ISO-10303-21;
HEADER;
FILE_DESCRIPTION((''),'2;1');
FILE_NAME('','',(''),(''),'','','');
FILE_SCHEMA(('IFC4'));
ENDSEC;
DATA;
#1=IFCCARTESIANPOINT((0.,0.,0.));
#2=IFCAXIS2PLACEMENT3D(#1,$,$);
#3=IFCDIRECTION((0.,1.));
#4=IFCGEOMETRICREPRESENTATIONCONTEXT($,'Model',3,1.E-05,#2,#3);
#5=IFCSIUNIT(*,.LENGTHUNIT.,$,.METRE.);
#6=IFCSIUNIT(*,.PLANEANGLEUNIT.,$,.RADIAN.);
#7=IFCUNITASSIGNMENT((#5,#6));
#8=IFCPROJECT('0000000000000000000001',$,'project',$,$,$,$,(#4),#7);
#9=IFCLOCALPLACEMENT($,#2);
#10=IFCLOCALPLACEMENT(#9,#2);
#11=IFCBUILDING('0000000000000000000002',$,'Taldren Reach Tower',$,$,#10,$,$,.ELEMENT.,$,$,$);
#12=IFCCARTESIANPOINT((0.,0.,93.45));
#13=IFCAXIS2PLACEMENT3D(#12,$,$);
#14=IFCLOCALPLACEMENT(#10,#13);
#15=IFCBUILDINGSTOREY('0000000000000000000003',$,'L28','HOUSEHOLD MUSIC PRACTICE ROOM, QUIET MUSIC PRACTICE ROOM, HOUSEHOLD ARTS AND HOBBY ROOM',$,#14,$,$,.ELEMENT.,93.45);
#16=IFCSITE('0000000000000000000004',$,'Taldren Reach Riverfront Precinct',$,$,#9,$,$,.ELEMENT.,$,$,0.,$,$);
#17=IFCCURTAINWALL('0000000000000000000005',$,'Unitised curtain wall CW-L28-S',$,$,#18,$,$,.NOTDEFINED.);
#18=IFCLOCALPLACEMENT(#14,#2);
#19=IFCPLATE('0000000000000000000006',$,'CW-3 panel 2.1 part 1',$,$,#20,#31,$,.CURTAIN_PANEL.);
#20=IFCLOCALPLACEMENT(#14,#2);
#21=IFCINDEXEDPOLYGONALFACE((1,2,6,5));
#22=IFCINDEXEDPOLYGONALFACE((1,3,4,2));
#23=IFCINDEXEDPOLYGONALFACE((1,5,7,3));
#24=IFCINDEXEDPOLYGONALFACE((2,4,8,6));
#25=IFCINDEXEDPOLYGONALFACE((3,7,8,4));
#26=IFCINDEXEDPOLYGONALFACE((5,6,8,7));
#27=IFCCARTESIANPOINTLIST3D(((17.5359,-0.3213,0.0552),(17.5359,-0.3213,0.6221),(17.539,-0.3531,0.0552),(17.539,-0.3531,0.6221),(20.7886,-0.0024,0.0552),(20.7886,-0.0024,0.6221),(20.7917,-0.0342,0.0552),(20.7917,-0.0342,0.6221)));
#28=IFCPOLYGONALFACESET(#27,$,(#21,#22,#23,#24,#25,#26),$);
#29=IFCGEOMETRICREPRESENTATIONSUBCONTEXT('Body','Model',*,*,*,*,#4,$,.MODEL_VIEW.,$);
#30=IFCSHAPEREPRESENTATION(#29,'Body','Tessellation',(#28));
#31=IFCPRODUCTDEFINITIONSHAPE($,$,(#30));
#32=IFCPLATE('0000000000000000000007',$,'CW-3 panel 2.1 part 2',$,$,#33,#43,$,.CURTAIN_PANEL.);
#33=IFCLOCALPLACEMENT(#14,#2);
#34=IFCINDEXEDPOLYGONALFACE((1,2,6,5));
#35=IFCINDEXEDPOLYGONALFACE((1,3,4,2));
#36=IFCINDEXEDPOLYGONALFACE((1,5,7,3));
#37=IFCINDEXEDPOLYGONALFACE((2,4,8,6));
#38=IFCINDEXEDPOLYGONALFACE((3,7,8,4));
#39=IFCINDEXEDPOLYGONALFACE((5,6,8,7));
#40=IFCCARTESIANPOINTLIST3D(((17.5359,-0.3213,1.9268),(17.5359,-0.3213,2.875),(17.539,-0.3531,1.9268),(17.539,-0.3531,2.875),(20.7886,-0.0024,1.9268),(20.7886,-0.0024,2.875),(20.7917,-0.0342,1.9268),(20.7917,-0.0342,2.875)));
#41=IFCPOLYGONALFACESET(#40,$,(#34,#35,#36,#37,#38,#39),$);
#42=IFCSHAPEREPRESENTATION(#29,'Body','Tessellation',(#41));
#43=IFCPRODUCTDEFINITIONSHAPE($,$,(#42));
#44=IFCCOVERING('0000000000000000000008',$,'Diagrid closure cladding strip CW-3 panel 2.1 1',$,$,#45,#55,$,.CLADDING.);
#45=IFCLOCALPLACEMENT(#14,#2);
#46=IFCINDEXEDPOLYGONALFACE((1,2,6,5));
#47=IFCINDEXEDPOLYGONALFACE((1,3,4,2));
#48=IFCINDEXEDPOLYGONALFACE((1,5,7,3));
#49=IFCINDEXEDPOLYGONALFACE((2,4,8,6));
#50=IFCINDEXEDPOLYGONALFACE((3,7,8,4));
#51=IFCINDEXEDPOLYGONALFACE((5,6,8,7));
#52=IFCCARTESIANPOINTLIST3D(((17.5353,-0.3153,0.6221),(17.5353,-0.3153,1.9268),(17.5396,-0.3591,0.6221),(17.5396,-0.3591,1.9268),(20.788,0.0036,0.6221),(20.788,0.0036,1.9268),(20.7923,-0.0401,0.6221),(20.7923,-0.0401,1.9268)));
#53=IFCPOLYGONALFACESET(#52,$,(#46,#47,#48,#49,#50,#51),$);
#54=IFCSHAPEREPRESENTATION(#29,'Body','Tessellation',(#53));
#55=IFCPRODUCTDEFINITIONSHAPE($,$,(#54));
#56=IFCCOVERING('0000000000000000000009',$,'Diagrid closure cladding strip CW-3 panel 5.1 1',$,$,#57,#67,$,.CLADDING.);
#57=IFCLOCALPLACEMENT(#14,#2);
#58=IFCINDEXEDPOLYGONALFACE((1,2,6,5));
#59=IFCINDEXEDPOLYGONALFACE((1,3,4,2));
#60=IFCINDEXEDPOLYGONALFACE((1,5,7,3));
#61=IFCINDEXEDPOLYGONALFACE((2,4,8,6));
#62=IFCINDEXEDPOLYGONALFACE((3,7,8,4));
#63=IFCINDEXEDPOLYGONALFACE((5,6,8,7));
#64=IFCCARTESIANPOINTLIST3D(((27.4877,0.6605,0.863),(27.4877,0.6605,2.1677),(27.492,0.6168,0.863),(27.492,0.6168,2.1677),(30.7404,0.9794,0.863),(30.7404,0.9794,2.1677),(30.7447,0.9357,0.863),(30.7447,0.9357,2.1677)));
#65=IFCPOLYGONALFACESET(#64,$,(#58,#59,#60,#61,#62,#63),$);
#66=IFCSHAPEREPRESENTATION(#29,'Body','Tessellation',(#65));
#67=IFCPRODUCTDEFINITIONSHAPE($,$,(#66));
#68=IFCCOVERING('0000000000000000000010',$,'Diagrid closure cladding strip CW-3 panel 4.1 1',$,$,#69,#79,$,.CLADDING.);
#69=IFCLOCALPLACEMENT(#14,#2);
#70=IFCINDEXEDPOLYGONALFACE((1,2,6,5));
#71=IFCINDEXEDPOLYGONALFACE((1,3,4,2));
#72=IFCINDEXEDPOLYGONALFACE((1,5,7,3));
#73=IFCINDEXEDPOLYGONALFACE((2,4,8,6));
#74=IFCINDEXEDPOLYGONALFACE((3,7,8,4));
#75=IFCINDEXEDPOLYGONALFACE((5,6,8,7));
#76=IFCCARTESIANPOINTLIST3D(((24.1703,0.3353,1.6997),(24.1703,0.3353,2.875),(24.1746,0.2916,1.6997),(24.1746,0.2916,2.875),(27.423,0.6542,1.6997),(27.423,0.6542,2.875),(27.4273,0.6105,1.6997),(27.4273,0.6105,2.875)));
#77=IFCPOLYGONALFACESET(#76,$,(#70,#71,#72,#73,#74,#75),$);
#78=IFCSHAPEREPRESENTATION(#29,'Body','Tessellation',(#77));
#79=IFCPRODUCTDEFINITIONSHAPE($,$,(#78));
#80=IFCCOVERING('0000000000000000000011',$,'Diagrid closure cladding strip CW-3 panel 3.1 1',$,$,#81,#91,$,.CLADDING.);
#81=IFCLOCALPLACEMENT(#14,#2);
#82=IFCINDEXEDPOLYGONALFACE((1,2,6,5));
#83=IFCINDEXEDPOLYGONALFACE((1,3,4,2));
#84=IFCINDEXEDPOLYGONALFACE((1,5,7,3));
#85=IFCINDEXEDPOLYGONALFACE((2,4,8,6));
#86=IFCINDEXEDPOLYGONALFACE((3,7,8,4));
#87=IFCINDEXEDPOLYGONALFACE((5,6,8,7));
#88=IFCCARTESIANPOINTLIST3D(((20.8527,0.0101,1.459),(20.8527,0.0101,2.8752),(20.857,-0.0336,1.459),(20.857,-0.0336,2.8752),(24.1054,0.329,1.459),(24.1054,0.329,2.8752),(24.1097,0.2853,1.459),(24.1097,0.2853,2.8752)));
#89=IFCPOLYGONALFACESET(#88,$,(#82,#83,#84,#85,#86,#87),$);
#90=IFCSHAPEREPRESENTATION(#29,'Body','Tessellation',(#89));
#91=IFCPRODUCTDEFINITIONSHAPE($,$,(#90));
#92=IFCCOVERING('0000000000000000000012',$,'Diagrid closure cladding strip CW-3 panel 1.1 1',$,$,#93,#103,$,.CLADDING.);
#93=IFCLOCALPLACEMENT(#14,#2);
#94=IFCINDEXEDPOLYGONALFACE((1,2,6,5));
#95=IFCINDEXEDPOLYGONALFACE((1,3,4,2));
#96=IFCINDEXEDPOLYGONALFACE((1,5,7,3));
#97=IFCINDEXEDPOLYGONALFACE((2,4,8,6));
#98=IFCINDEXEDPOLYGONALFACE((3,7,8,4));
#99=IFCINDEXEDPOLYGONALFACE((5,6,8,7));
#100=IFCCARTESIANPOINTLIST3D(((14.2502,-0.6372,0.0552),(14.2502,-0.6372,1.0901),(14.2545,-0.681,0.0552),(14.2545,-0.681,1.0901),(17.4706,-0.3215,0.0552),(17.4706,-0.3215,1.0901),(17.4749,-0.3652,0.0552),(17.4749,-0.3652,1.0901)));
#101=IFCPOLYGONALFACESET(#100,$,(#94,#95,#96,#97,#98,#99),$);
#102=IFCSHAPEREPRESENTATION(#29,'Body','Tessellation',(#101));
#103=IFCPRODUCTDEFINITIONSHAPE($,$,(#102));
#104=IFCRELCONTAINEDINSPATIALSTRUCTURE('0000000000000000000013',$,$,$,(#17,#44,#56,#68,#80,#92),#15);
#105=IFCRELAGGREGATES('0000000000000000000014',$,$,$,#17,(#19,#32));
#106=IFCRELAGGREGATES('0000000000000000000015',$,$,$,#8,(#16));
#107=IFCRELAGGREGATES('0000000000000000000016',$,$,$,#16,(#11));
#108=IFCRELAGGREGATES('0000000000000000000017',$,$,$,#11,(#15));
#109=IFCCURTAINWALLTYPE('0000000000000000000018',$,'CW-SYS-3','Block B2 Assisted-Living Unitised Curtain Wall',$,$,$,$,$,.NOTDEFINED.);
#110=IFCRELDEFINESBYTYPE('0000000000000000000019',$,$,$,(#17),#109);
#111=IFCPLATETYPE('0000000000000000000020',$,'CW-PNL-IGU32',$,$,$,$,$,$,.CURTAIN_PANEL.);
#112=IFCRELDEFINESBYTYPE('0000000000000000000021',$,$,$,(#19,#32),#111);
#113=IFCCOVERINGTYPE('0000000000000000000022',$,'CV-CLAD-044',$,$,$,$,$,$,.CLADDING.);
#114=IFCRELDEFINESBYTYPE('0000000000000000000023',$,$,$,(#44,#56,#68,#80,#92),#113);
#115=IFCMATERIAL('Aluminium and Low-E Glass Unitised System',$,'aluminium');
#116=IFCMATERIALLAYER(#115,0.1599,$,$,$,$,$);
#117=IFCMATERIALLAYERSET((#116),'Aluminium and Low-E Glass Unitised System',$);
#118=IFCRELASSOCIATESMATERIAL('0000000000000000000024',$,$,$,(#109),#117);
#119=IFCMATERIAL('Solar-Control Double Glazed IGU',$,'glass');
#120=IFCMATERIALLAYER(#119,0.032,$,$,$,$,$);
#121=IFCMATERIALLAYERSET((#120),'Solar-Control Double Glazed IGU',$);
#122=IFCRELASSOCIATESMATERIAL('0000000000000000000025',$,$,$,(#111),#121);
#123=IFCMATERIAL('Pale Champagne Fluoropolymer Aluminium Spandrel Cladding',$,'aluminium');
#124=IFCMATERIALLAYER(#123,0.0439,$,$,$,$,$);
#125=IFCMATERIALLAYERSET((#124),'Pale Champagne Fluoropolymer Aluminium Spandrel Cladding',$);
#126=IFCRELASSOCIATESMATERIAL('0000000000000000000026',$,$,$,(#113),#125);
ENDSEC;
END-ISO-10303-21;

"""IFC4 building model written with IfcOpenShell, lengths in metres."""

from ifc_helpers import new_model, si_unit, direction, frame, origin, origin_2d, place, context, subcontext, project, spatial, rectangle, extrude, source, transform, mapped, material, layer, layer_set, type_object, element, aggregate, save


model = new_model("IFC4")

# Units and contexts
model_context = context("Model", 3, precision=1e-05, world=origin(), true_north=direction((0.0, 1.0)))
body_context = subcontext(model_context, "Body", "Model", "MODEL_VIEW")
ifc_project = project(units=[si_unit("LENGTHUNIT", "METRE"), si_unit("PLANEANGLEUNIT", "RADIAN")], contexts=[model_context])

# Site, building, storey
site_placement = place(None, origin())
site = spatial("IfcSite", under=ifc_project, at=site_placement, Name="Taldren Reach Riverfront Precinct", CompositionType="ELEMENT", RefElevation=0.0)
building_placement = place(site_placement, origin())
building = spatial("IfcBuilding", under=site, at=building_placement, Name="Taldren Reach Tower", CompositionType="ELEMENT")
storey_placement = place(building_placement, frame((0.0, 0.0, 93.45)))
storey = spatial("IfcBuildingStorey", under=building, at=storey_placement, Name="L28", Description="HOUSEHOLD MUSIC PRACTICE ROOM, QUIET MUSIC PRACTICE ROOM, HOUSEHOLD ARTS AND HOBBY ROOM", CompositionType="ELEMENT", Elevation=93.45)

# Curtain wall
ifc_material_1 = material(Name="Aluminium and Low-E Glass Unitised System", Category="aluminium")
ifc_layer_1 = layer(ifc_material_1, 0.1599)
ifc_layer_set_1 = layer_set([ifc_layer_1], Name="Aluminium and Low-E Glass Unitised System")
curtain_wall_type = type_object("IfcCurtainWallType", Name="CW-SYS-3", Description="Block B2 Assisted-Living Unitised Curtain Wall", PredefinedType="NOTDEFINED", material=ifc_layer_set_1)
curtain_wall_placement = place(storey_placement, origin())
curtain_wall = element("IfcCurtainWall", 1, at=curtain_wall_placement, inside=storey, type_object=curtain_wall_type, Name="Unitised curtain wall CW-L28-S", PredefinedType="NOTDEFINED")

# Plates
ifc_material_2 = material(Name="Solar-Control Double Glazed IGU", Category="glass")
ifc_layer_2 = layer(ifc_material_2, 0.032)
ifc_layer_set_2 = layer_set([ifc_layer_2], Name="Solar-Control Double Glazed IGU")
plate_type_1 = type_object("IfcPlateType", Name="CW-PNL-IGU32", PredefinedType="CURTAIN_PANEL", material=ifc_layer_set_2)
shared_shape_1 = source(origin(), body_context, "Body", "SweptSolid", [
    extrude(rectangle(XDim=3.2683, YDim=0.032, at=origin_2d()), origin(), (0.0, 0.0, 1.0), 0.5669),
])
plate_1_placement = place(storey_placement, frame((19.1638, -0.1777, 0.0552), z_axis=(0.0, 0.0, 1.0), x_axis=(0.995227, 0.097583, 0.0)))
plate_1 = element("IfcPlate", 2, at=plate_1_placement, type_object=plate_type_1, Name="CW-3 panel 2.1 part 1", PredefinedType="CURTAIN_PANEL", context=body_context, shape_type="MappedRepresentation", body=[
    mapped(shared_shape_1, transform((0.0, 0.0, 0.0), scale=1.0)),
])
shared_shape_2 = source(origin(), body_context, "Body", "SweptSolid", [
    extrude(rectangle(XDim=3.2683, YDim=0.032, at=origin_2d()), origin(), (0.0, 0.0, 1.0), 0.9482),
])
plate_2_placement = place(storey_placement, frame((19.1638, -0.1777, 1.9268), z_axis=(0.0, 0.0, 1.0), x_axis=(0.995227, 0.097583, 0.0)))
plate_2 = element("IfcPlate", 3, at=plate_2_placement, type_object=plate_type_1, Name="CW-3 panel 2.1 part 2", PredefinedType="CURTAIN_PANEL", context=body_context, shape_type="MappedRepresentation", body=[
    mapped(shared_shape_2, transform((0.0, 0.0, 0.0), scale=1.0)),
])
aggregate(curtain_wall, [plate_1, plate_2])

# Coverings
ifc_material_3 = material(Name="Pale Champagne Fluoropolymer Aluminium Spandrel Cladding", Category="aluminium")
ifc_layer_3 = layer(ifc_material_3, 0.0439)
ifc_layer_set_3 = layer_set([ifc_layer_3], Name="Pale Champagne Fluoropolymer Aluminium Spandrel Cladding")
covering_type = type_object("IfcCoveringType", Name="CV-CLAD-044", PredefinedType="CLADDING", material=ifc_layer_set_3)
shared_shape_3 = source(origin(), body_context, "Body", "SweptSolid", [
    extrude(rectangle(XDim=3.2683, YDim=0.0439, at=origin_2d()), origin(), (0.0, 0.0, 1.0), 1.3047),
])
for number, where, z_axis, x_axis, name in (
    (4, (19.1638, -0.1777, 0.6221), (0.0, 0.0, 1.0), (0.995227, 0.097583, 0.0), "Diagrid closure cladding strip CW-3 panel 2.1 1"),
    (5, (29.1162, 0.7981, 0.863), (0.0, 0.0, 1.0), (0.995227, 0.097583, 0.0), "Diagrid closure cladding strip CW-3 panel 5.1 1"),
):
    element("IfcCovering", number, at=place(storey_placement, frame(where, z_axis=z_axis, x_axis=x_axis)), inside=storey, type_object=covering_type, Name=name, PredefinedType="CLADDING", context=body_context, shape_type="MappedRepresentation", body=[
        mapped(shared_shape_3, transform((0.0, 0.0, 0.0), scale=1.0)),
    ])
shared_shape_4 = source(origin(), body_context, "Body", "SweptSolid", [
    extrude(rectangle(XDim=3.2683, YDim=0.0439, at=origin_2d()), origin(), (0.0, 0.0, 1.0), 1.1753),
])
covering_1_placement = place(storey_placement, frame((25.7988, 0.4729, 1.6997), z_axis=(0.0, 0.0, 1.0), x_axis=(0.995227, 0.097583, 0.0)))
element("IfcCovering", 6, at=covering_1_placement, inside=storey, type_object=covering_type, Name="Diagrid closure cladding strip CW-3 panel 4.1 1", PredefinedType="CLADDING", context=body_context, shape_type="MappedRepresentation", body=[
    mapped(shared_shape_4, transform((0.0, 0.0, 0.0), scale=1.0)),
])
shared_shape_5 = source(origin(), body_context, "Body", "SweptSolid", [
    extrude(rectangle(XDim=3.2683, YDim=0.0439, at=origin_2d()), origin(), (0.0, 0.0, 1.0), 1.4163),
])
covering_2_placement = place(storey_placement, frame((22.4812, 0.1477, 1.459), z_axis=(0.0, 0.0, 1.0), x_axis=(0.995227, 0.097583, 0.0)))
element("IfcCovering", 7, at=covering_2_placement, inside=storey, type_object=covering_type, Name="Diagrid closure cladding strip CW-3 panel 3.1 1", PredefinedType="CLADDING", context=body_context, shape_type="MappedRepresentation", body=[
    mapped(shared_shape_5, transform((0.0, 0.0, 0.0), scale=1.0)),
])
shared_shape_6 = source(origin(), body_context, "Body", "SweptSolid", [
    extrude(rectangle(XDim=3.2358, YDim=0.0439, at=origin_2d()), origin(), (0.0, 0.0, 1.0), 1.0349),
])
covering_3_placement = place(storey_placement, frame((15.8625, -0.5012, 0.0552), z_axis=(0.0, 0.0, 1.0), x_axis=(0.995227, 0.097583, 0.0)))
element("IfcCovering", 8, at=covering_3_placement, inside=storey, type_object=covering_type, Name="Diagrid closure cladding strip CW-3 panel 1.1 1", PredefinedType="CLADDING", context=body_context, shape_type="MappedRepresentation", body=[
    mapped(shared_shape_6, transform((0.0, 0.0, 0.0), scale=1.0)),
])

save(model, "model.ifc")
